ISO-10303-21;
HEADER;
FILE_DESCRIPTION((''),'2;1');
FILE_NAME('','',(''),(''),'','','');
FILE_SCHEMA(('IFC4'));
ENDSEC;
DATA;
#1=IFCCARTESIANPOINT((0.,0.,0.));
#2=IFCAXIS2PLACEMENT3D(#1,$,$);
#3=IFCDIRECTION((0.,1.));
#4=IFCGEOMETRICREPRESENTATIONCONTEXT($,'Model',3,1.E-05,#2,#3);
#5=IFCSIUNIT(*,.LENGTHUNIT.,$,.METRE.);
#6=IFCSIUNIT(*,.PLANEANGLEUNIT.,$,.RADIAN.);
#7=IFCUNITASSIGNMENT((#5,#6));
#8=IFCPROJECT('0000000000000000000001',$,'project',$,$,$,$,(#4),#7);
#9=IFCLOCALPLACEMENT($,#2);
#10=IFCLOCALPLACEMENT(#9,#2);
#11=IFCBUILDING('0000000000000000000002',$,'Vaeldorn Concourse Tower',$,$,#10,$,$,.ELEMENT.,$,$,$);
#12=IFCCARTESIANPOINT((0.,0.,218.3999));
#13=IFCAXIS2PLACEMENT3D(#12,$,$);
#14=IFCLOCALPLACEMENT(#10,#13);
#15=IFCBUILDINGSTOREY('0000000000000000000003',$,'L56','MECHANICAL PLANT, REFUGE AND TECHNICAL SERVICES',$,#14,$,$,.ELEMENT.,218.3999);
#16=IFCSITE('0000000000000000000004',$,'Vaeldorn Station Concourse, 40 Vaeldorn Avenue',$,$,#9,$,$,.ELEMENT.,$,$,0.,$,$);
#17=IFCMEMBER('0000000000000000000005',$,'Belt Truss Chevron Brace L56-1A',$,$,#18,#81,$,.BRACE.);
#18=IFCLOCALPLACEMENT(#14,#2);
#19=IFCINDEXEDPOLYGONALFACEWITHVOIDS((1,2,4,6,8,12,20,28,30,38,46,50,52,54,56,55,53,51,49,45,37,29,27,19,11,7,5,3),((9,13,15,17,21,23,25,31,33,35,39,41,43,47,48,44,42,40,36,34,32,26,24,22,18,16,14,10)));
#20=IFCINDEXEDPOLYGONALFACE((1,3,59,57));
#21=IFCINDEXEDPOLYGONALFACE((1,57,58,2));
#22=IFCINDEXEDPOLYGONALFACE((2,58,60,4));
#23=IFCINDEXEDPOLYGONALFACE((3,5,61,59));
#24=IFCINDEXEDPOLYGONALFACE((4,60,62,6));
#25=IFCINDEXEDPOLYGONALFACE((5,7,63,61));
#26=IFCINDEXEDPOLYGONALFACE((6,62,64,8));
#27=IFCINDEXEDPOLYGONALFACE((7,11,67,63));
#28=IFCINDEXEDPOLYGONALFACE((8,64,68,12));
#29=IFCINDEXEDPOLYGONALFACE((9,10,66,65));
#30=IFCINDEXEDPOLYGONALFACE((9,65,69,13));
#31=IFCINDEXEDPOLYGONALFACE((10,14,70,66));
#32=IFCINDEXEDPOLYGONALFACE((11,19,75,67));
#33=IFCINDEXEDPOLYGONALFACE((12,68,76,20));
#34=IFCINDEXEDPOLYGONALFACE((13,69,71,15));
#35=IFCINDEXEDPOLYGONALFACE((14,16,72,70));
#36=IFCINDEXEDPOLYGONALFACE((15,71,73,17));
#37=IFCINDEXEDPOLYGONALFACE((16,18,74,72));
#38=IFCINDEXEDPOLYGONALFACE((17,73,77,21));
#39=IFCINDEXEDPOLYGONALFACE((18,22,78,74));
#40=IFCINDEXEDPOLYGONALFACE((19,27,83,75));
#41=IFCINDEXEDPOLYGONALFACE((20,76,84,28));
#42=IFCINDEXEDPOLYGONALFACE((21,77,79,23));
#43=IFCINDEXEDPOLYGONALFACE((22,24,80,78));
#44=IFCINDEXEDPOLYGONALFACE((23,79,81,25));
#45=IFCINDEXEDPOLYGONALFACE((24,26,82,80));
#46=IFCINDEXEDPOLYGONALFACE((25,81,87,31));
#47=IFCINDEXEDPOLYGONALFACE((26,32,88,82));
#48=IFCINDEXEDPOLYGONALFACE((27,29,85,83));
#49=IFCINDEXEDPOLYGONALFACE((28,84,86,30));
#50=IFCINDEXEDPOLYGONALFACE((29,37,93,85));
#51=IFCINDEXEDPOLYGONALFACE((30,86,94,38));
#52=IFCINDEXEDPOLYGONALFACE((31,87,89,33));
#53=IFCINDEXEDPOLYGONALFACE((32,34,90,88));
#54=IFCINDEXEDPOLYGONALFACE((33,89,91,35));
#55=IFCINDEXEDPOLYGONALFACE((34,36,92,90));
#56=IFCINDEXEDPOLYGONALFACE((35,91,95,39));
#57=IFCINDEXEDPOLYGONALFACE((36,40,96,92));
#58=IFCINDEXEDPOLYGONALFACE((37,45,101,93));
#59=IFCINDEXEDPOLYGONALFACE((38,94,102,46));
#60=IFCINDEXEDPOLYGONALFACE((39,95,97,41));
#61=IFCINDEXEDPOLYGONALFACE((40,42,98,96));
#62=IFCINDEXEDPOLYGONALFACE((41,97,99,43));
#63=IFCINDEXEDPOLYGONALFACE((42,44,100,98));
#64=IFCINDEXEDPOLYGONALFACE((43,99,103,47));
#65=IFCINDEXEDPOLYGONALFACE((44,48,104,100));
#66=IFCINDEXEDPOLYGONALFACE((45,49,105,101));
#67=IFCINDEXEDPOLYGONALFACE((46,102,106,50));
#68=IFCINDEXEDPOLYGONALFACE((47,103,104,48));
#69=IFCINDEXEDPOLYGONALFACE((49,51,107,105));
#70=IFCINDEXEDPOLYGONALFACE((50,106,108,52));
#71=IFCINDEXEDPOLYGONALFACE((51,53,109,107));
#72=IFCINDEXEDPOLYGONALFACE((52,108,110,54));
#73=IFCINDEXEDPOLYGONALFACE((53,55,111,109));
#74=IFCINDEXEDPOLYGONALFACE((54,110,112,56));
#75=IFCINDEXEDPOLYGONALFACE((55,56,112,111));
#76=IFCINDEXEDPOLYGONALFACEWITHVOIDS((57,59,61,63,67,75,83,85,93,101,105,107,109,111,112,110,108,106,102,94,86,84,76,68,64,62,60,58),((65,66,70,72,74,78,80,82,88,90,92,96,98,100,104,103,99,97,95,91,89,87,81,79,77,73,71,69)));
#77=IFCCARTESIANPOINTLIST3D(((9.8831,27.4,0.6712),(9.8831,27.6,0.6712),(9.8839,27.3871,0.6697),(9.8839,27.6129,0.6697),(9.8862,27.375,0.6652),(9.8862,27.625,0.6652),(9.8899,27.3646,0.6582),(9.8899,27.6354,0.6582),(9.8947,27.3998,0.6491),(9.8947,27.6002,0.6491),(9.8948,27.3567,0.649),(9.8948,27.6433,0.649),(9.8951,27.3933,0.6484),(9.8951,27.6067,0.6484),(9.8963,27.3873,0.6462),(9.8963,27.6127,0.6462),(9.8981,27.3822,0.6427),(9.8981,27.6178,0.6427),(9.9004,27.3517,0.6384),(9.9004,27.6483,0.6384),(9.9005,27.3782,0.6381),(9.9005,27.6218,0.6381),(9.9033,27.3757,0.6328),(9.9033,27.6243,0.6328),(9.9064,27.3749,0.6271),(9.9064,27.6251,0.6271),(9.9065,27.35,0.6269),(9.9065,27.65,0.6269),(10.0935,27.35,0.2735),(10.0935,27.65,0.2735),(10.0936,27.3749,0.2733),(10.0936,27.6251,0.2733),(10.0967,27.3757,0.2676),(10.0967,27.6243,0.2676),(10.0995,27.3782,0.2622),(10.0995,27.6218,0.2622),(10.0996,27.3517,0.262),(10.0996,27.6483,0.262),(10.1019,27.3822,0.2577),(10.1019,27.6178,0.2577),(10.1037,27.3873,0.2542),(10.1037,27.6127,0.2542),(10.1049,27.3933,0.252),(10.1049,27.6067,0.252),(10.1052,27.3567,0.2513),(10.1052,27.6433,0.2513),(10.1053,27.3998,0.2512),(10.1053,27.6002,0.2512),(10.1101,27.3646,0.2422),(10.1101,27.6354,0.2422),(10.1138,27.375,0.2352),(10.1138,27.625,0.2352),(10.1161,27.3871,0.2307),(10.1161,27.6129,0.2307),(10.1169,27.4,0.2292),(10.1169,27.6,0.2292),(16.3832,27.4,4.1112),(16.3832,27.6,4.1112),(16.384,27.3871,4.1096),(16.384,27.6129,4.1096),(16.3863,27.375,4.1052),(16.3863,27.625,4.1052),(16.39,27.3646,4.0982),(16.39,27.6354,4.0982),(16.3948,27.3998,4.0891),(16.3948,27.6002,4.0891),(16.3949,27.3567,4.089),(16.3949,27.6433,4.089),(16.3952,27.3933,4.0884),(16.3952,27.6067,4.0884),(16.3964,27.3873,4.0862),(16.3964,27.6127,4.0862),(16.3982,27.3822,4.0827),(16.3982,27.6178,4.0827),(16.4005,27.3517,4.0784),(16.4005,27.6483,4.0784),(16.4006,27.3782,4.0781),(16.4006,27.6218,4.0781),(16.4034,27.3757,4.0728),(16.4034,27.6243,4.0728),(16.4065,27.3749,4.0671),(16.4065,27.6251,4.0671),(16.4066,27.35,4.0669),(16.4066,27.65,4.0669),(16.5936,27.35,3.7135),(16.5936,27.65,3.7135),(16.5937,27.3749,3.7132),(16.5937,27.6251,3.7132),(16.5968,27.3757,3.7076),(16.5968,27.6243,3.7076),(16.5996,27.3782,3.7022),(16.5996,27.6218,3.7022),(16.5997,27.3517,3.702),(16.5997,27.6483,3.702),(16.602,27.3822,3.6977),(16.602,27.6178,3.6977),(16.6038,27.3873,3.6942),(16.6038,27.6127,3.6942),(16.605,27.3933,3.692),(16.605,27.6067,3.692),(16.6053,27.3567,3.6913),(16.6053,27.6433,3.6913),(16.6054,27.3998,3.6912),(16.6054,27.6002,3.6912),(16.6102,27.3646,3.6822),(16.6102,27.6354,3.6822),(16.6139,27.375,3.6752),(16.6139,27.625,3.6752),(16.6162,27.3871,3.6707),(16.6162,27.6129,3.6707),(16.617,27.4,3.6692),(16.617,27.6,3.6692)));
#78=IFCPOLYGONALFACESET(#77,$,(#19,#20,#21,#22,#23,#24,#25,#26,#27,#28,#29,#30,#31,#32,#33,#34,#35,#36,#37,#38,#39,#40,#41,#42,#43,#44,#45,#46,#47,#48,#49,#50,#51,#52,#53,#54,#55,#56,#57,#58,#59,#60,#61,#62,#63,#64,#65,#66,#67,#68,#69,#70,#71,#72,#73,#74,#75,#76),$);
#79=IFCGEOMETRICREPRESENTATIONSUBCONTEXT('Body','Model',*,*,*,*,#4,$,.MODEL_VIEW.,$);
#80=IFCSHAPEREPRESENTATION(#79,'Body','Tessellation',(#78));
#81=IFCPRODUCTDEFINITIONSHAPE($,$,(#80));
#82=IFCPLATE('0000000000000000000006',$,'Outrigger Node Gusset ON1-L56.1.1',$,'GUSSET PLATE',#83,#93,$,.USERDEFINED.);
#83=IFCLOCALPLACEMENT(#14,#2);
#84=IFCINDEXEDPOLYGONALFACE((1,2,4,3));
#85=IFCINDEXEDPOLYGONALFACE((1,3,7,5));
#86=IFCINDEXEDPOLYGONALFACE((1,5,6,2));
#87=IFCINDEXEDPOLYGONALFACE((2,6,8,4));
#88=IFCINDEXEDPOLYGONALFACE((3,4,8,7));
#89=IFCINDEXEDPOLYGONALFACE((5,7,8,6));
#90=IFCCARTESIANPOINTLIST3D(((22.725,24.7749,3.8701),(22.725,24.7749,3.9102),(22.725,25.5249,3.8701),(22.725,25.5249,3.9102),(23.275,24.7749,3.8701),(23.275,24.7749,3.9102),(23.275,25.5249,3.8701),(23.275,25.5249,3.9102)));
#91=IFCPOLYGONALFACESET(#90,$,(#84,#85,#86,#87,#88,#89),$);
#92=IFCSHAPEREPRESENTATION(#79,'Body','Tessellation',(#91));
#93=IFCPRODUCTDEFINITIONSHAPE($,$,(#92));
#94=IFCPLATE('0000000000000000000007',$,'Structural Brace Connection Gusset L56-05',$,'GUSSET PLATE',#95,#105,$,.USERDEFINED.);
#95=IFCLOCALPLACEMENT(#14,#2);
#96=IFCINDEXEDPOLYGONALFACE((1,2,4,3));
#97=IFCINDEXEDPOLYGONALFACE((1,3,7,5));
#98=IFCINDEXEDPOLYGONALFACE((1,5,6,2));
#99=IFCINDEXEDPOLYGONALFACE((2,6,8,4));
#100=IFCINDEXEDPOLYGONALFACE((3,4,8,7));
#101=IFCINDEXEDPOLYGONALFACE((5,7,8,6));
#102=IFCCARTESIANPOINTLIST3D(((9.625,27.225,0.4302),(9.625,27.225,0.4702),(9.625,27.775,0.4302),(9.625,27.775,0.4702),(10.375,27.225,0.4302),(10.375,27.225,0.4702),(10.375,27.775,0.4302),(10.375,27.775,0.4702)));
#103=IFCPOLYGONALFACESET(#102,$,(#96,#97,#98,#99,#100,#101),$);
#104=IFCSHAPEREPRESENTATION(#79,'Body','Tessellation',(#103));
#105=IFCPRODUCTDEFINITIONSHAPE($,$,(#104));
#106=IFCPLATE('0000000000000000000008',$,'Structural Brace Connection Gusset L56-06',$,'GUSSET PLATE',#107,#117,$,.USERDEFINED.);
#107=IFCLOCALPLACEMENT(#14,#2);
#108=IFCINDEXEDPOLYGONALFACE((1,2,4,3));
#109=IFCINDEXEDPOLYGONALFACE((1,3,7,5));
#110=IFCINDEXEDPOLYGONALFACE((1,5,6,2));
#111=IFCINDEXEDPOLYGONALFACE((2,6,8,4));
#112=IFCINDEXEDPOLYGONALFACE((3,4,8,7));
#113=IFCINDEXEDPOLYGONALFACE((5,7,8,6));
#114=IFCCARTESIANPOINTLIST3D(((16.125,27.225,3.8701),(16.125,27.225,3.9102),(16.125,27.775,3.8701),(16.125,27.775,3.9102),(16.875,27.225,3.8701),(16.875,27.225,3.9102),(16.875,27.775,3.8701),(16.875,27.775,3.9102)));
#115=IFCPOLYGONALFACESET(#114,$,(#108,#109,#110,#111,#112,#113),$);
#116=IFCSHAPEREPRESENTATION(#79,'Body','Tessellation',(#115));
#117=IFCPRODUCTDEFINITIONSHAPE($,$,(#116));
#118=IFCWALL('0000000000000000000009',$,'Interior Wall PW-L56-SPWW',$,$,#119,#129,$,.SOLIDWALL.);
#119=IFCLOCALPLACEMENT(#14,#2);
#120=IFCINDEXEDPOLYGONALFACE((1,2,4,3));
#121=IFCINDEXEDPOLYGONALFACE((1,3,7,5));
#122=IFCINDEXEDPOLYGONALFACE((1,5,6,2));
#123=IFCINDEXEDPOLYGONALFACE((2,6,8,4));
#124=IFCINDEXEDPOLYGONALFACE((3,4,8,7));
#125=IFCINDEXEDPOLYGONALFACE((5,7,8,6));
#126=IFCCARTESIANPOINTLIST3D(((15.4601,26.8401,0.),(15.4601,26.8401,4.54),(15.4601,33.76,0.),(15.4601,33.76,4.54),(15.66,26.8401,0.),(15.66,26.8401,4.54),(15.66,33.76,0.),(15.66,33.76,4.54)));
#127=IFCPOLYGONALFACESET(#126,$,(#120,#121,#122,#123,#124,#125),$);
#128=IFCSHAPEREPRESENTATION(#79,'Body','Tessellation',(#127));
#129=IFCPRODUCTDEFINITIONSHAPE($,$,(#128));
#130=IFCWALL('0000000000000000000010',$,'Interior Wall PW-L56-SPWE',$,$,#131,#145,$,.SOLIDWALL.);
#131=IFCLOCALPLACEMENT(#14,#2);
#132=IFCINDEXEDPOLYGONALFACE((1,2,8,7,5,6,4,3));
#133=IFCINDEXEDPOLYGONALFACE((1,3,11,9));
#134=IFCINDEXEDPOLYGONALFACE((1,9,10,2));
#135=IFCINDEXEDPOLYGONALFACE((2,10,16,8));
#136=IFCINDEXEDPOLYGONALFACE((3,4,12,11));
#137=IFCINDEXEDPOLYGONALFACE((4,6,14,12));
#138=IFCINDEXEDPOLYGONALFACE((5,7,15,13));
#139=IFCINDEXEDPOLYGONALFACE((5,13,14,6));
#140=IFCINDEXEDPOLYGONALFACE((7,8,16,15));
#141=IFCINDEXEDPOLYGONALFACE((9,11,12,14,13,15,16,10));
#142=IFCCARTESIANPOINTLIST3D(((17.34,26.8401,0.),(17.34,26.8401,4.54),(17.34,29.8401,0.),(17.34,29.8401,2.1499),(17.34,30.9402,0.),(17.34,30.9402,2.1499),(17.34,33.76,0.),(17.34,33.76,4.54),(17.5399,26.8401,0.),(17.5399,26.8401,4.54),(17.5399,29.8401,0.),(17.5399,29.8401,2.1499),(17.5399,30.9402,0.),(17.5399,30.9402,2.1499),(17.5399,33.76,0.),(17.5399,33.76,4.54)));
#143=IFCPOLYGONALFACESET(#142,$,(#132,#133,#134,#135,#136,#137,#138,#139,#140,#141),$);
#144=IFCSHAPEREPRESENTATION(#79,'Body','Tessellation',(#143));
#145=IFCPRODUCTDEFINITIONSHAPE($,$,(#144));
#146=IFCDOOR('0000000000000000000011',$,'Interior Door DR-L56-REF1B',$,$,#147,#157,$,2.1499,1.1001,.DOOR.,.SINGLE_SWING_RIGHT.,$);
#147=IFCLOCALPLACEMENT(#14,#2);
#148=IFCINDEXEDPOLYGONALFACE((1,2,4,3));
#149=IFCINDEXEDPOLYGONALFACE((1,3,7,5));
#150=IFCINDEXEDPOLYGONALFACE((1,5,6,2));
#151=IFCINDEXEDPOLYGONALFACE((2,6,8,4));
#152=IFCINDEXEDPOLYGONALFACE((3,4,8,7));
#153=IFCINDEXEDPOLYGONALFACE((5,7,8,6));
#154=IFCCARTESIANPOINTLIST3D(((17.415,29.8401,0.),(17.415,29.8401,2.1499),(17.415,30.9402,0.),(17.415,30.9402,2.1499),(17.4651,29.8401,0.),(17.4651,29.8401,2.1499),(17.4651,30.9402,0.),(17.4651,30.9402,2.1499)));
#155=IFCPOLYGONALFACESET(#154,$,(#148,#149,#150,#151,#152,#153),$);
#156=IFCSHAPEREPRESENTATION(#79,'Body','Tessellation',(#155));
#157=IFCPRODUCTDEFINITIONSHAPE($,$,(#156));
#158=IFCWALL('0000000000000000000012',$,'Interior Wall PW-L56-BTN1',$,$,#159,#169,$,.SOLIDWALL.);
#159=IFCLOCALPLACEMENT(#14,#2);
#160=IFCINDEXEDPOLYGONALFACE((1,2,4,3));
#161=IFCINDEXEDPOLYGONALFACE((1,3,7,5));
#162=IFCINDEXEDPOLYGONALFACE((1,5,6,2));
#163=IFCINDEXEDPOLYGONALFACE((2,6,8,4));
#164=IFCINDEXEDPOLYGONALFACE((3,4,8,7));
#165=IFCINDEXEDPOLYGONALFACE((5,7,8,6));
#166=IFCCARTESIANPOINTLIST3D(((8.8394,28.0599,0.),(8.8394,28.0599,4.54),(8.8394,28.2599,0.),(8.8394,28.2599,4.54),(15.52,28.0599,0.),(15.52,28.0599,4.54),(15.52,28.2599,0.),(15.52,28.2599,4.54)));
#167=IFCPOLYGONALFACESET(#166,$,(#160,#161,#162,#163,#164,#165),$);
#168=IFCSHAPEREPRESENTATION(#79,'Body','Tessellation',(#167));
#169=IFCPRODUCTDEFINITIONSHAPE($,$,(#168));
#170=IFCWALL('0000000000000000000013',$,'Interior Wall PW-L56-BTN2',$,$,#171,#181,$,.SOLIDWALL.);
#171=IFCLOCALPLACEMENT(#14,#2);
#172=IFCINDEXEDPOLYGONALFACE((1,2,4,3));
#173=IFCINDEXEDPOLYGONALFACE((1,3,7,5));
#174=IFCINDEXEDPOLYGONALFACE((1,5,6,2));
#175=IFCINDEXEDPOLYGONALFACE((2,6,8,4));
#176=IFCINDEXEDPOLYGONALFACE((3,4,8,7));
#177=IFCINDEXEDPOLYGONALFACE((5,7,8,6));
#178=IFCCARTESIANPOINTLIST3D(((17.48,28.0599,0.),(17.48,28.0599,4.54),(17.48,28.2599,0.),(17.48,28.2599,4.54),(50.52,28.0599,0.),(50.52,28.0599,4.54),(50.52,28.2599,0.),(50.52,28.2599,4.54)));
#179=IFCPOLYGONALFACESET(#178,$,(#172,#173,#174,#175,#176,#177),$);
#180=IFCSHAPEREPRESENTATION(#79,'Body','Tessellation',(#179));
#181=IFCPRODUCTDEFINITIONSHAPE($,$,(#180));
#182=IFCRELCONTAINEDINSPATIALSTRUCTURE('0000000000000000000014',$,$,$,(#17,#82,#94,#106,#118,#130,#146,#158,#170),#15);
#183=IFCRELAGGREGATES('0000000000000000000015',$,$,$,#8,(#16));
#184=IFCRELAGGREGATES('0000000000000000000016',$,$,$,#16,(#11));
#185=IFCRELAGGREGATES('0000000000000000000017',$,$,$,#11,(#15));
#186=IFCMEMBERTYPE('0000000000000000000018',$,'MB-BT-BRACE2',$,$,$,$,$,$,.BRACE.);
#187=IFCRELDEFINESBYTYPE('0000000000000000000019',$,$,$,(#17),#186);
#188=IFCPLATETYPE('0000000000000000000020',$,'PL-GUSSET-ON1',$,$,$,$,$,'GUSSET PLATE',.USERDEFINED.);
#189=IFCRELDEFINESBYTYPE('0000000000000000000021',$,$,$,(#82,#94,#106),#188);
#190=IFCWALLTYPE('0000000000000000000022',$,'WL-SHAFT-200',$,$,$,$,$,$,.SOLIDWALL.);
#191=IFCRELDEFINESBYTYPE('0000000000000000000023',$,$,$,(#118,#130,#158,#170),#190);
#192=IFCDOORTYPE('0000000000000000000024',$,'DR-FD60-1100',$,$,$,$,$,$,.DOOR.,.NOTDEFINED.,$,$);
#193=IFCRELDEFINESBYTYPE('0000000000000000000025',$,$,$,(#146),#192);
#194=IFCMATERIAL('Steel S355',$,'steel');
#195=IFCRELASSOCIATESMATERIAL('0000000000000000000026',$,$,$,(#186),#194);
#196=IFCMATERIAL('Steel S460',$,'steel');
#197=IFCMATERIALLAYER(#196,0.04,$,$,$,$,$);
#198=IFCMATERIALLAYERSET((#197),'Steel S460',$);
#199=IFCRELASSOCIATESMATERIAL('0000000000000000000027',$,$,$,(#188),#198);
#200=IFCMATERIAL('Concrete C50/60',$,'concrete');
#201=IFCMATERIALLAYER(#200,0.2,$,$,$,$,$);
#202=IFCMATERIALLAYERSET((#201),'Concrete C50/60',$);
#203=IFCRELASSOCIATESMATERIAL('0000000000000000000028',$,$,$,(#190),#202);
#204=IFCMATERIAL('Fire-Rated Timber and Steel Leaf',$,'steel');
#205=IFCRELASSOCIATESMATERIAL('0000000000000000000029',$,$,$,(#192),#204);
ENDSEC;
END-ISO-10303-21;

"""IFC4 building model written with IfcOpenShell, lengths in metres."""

from ifc_helpers import new_model, si_unit, direction, frame, frame_2d, origin, origin_2d, place, context, subcontext, project, spatial, rectangle, hollow_rectangle, extrude, source, transform, mapped, material, layer, layer_set, material_profile, profile_set, type_object, element, fill, save


model = new_model("IFC4")

# Units and contexts
model_context = context("Model", 3, precision=1e-05, world=origin(), true_north=direction((0.0, 1.0)))
body_context = subcontext(model_context, "Body", "Model", "MODEL_VIEW")
ifc_project = project(units=[si_unit("LENGTHUNIT", "METRE"), si_unit("PLANEANGLEUNIT", "RADIAN")], contexts=[model_context])

# Site, building, storey
site_placement = place(None, origin())
site = spatial("IfcSite", under=ifc_project, at=site_placement, Name="Vaeldorn Station Concourse, 40 Vaeldorn Avenue", CompositionType="ELEMENT", RefElevation=0.0)
building_placement = place(site_placement, origin())
building = spatial("IfcBuilding", under=site, at=building_placement, Name="Vaeldorn Concourse Tower", CompositionType="ELEMENT")
storey_placement = place(building_placement, frame((0.0, 0.0, 218.3999)))
storey = spatial("IfcBuildingStorey", under=building, at=storey_placement, Name="L56", Description="MECHANICAL PLANT, REFUGE AND TECHNICAL SERVICES", CompositionType="ELEMENT", Elevation=218.3999)

# Shared definitions
ifc_material_1 = material(Name="Steel S460", Category="steel")
ifc_material_2 = material(Name="Steel S355", Category="steel")

# Member
ifc_material_profile_1 = material_profile(ifc_material_2, hollow_rectangle(XDim=0.3, YDim=0.5, WallThickness=0.0249, InnerFilletRadius=0.0249, OuterFilletRadius=0.05, at=origin_2d()), Name="RHS 500x300x25")
ifc_profile_set_1 = profile_set([ifc_material_profile_1], Name="Steel S355")
member_type = type_object("IfcMemberType", Name="MB-BT-BRACE2", PredefinedType="BRACE", material=ifc_profile_set_1)
shared_shape_1 = source(origin(), body_context, "Body", "SweptSolid", [
    extrude(hollow_rectangle(XDim=0.3, YDim=0.5, WallThickness=0.0249, InnerFilletRadius=0.0249, OuterFilletRadius=0.05, at=origin_2d()), origin(), (0.0, 0.0, 1.0), 7.3542),
])
member_placement = place(storey_placement, frame((10.0, 27.5, 0.4502), z_axis=(0.883857, 0.0, 0.467757), x_axis=(0.0, 1.0, 0.0)))
element("IfcMember", 1, at=member_placement, inside=storey, type_object=member_type, Name="Belt Truss Chevron Brace L56-1A", PredefinedType="BRACE", context=body_context, shape_type="MappedRepresentation", body=[
    mapped(shared_shape_1, transform((0.0, 0.0, 0.0), scale=1.0)),
])

# Plates
ifc_layer_1 = layer(ifc_material_1, 0.04)
ifc_layer_set_1 = layer_set([ifc_layer_1], Name="Steel S460")
plate_type = type_object("IfcPlateType", Name="PL-GUSSET-ON1", ElementType="GUSSET PLATE", PredefinedType="USERDEFINED", material=ifc_layer_set_1)
shared_shape_2 = source(origin(), body_context, "Body", "SweptSolid", [
    extrude(rectangle(XDim=0.75, YDim=0.55, at=origin_2d()), origin(), (0.0, 0.0, 1.0), 0.04),
])
for number, where, z_axis, x_axis, name in (
    (2, (23.0, 25.1499, 3.8701), (0.0, 0.0, 1.0), (0.0, 1.0, 0.0), "Outrigger Node Gusset ON1-L56.1.1"),
    (3, (10.0, 27.5, 0.4302), (0.0, 0.0, 1.0), (1.0, 0.0, 0.0), "Structural Brace Connection Gusset L56-05"),
    (4, (16.5, 27.5, 3.8701), (0.0, 0.0, 1.0), (1.0, 0.0, 0.0), "Structural Brace Connection Gusset L56-06"),
):
    element("IfcPlate", number, at=place(storey_placement, frame(where, z_axis=z_axis, x_axis=x_axis)), inside=storey, type_object=plate_type, Name=name, ObjectType="GUSSET PLATE", PredefinedType="USERDEFINED", context=body_context, shape_type="MappedRepresentation", body=[
        mapped(shared_shape_2, transform((0.0, 0.0, 0.0), scale=1.0)),
    ])

# Wall
ifc_material_3 = material(Name="Concrete C50/60", Category="concrete")
ifc_layer_2 = layer(ifc_material_3, 0.2)
ifc_layer_set_2 = layer_set([ifc_layer_2], Name="Concrete C50/60")
wall_type = type_object("IfcWallType", Name="WL-SHAFT-200", PredefinedType="SOLIDWALL", material=ifc_layer_set_2)
wall_1_placement = place(storey_placement, frame((15.5601, 26.8401, 0.0), z_axis=(0.0, 0.0, 1.0), x_axis=(0.0, 1.0, 0.0)))
element("IfcWall", 5, at=wall_1_placement, inside=storey, type_object=wall_type, Name="Interior Wall PW-L56-SPWW", PredefinedType="SOLIDWALL", context=body_context, shape_type="SweptSolid", body=[
    extrude(rectangle(XDim=6.9199, YDim=0.2, at=frame_2d((3.46, 0.0))), origin(), (0.0, 0.0, 1.0), 4.54),
])

# Wall, opening, door
wall_2_placement = place(storey_placement, frame((17.4399, 26.8401, 0.0), z_axis=(0.0, 0.0, 1.0), x_axis=(0.0, 1.0, 0.0)))
wall_2 = element("IfcWall", 6, at=wall_2_placement, inside=storey, type_object=wall_type, Name="Interior Wall PW-L56-SPWE", PredefinedType="SOLIDWALL", context=body_context, shape_type="SweptSolid", body=[
    extrude(rectangle(XDim=6.9199, YDim=0.2, at=frame_2d((3.46, 0.0))), origin(), (0.0, 0.0, 1.0), 4.54),
])
opening_1_placement = place(wall_2_placement, frame((3.0, 0.0, 0.0)))
opening_1 = element("IfcOpeningElement", 7, at=opening_1_placement, cuts=wall_2, PredefinedType="OPENING", context=body_context, shape_type="SweptSolid", body=[
    extrude(rectangle(XDim=1.1001, YDim=2.1499, at=frame_2d((0.55, 1.075))), frame((0.0, 0.1099, 0.0), z_axis=(0.0, -1.0, 0.0), x_axis=(1.0, 0.0, 0.0)), (0.0, 0.0, 1.0), 0.22),
])
ifc_material_4 = material(Name="Fire-Rated Timber and Steel Leaf", Category="steel")
door_type = type_object("IfcDoorType", Name="DR-FD60-1100", OperationType="NOTDEFINED", PredefinedType="DOOR", material=ifc_material_4)
shared_shape_3 = source(origin(), body_context, "Body", "SweptSolid", [
    extrude(rectangle(XDim=1.1001, YDim=2.1499, at=frame_2d((0.55, 1.075))), frame((0.0, 0.0249, 0.0), z_axis=(0.0, -1.0, 0.0), x_axis=(1.0, 0.0, 0.0)), (0.0, 0.0, 1.0), 0.05),
])
door_1_placement = place(opening_1_placement, origin())
door_1 = element("IfcDoor", 8, at=door_1_placement, inside=storey, type_object=door_type, Name="Interior Door DR-L56-REF1B", OperationType="SINGLE_SWING_RIGHT", OverallHeight=2.1499, OverallWidth=1.1001, PredefinedType="DOOR", context=body_context, shape_type="MappedRepresentation", body=[
    mapped(shared_shape_3, transform((0.0, 0.0, 0.0), scale=1.0)),
])
fill(opening_1, door_1)

# Walls
wall_3_placement = place(storey_placement, frame((8.8394, 28.1599, 0.0), z_axis=(0.0, 0.0, 1.0), x_axis=(1.0, 0.0, 0.0)))
element("IfcWall", 9, at=wall_3_placement, inside=storey, type_object=wall_type, Name="Interior Wall PW-L56-BTN1", PredefinedType="SOLIDWALL", context=body_context, shape_type="SweptSolid", body=[
    extrude(rectangle(XDim=6.6807, YDim=0.2, at=frame_2d((3.3403, 0.0))), origin(), (0.0, 0.0, 1.0), 4.54),
])
wall_4_placement = place(storey_placement, frame((17.48, 28.1599, 0.0), z_axis=(0.0, 0.0, 1.0), x_axis=(1.0, 0.0, 0.0)))
element("IfcWall", 10, at=wall_4_placement, inside=storey, type_object=wall_type, Name="Interior Wall PW-L56-BTN2", PredefinedType="SOLIDWALL", context=body_context, shape_type="SweptSolid", body=[
    extrude(rectangle(XDim=33.04, YDim=0.2, at=frame_2d((16.52, 0.0))), origin(), (0.0, 0.0, 1.0), 4.54),
])

save(model, "model.ifc")
